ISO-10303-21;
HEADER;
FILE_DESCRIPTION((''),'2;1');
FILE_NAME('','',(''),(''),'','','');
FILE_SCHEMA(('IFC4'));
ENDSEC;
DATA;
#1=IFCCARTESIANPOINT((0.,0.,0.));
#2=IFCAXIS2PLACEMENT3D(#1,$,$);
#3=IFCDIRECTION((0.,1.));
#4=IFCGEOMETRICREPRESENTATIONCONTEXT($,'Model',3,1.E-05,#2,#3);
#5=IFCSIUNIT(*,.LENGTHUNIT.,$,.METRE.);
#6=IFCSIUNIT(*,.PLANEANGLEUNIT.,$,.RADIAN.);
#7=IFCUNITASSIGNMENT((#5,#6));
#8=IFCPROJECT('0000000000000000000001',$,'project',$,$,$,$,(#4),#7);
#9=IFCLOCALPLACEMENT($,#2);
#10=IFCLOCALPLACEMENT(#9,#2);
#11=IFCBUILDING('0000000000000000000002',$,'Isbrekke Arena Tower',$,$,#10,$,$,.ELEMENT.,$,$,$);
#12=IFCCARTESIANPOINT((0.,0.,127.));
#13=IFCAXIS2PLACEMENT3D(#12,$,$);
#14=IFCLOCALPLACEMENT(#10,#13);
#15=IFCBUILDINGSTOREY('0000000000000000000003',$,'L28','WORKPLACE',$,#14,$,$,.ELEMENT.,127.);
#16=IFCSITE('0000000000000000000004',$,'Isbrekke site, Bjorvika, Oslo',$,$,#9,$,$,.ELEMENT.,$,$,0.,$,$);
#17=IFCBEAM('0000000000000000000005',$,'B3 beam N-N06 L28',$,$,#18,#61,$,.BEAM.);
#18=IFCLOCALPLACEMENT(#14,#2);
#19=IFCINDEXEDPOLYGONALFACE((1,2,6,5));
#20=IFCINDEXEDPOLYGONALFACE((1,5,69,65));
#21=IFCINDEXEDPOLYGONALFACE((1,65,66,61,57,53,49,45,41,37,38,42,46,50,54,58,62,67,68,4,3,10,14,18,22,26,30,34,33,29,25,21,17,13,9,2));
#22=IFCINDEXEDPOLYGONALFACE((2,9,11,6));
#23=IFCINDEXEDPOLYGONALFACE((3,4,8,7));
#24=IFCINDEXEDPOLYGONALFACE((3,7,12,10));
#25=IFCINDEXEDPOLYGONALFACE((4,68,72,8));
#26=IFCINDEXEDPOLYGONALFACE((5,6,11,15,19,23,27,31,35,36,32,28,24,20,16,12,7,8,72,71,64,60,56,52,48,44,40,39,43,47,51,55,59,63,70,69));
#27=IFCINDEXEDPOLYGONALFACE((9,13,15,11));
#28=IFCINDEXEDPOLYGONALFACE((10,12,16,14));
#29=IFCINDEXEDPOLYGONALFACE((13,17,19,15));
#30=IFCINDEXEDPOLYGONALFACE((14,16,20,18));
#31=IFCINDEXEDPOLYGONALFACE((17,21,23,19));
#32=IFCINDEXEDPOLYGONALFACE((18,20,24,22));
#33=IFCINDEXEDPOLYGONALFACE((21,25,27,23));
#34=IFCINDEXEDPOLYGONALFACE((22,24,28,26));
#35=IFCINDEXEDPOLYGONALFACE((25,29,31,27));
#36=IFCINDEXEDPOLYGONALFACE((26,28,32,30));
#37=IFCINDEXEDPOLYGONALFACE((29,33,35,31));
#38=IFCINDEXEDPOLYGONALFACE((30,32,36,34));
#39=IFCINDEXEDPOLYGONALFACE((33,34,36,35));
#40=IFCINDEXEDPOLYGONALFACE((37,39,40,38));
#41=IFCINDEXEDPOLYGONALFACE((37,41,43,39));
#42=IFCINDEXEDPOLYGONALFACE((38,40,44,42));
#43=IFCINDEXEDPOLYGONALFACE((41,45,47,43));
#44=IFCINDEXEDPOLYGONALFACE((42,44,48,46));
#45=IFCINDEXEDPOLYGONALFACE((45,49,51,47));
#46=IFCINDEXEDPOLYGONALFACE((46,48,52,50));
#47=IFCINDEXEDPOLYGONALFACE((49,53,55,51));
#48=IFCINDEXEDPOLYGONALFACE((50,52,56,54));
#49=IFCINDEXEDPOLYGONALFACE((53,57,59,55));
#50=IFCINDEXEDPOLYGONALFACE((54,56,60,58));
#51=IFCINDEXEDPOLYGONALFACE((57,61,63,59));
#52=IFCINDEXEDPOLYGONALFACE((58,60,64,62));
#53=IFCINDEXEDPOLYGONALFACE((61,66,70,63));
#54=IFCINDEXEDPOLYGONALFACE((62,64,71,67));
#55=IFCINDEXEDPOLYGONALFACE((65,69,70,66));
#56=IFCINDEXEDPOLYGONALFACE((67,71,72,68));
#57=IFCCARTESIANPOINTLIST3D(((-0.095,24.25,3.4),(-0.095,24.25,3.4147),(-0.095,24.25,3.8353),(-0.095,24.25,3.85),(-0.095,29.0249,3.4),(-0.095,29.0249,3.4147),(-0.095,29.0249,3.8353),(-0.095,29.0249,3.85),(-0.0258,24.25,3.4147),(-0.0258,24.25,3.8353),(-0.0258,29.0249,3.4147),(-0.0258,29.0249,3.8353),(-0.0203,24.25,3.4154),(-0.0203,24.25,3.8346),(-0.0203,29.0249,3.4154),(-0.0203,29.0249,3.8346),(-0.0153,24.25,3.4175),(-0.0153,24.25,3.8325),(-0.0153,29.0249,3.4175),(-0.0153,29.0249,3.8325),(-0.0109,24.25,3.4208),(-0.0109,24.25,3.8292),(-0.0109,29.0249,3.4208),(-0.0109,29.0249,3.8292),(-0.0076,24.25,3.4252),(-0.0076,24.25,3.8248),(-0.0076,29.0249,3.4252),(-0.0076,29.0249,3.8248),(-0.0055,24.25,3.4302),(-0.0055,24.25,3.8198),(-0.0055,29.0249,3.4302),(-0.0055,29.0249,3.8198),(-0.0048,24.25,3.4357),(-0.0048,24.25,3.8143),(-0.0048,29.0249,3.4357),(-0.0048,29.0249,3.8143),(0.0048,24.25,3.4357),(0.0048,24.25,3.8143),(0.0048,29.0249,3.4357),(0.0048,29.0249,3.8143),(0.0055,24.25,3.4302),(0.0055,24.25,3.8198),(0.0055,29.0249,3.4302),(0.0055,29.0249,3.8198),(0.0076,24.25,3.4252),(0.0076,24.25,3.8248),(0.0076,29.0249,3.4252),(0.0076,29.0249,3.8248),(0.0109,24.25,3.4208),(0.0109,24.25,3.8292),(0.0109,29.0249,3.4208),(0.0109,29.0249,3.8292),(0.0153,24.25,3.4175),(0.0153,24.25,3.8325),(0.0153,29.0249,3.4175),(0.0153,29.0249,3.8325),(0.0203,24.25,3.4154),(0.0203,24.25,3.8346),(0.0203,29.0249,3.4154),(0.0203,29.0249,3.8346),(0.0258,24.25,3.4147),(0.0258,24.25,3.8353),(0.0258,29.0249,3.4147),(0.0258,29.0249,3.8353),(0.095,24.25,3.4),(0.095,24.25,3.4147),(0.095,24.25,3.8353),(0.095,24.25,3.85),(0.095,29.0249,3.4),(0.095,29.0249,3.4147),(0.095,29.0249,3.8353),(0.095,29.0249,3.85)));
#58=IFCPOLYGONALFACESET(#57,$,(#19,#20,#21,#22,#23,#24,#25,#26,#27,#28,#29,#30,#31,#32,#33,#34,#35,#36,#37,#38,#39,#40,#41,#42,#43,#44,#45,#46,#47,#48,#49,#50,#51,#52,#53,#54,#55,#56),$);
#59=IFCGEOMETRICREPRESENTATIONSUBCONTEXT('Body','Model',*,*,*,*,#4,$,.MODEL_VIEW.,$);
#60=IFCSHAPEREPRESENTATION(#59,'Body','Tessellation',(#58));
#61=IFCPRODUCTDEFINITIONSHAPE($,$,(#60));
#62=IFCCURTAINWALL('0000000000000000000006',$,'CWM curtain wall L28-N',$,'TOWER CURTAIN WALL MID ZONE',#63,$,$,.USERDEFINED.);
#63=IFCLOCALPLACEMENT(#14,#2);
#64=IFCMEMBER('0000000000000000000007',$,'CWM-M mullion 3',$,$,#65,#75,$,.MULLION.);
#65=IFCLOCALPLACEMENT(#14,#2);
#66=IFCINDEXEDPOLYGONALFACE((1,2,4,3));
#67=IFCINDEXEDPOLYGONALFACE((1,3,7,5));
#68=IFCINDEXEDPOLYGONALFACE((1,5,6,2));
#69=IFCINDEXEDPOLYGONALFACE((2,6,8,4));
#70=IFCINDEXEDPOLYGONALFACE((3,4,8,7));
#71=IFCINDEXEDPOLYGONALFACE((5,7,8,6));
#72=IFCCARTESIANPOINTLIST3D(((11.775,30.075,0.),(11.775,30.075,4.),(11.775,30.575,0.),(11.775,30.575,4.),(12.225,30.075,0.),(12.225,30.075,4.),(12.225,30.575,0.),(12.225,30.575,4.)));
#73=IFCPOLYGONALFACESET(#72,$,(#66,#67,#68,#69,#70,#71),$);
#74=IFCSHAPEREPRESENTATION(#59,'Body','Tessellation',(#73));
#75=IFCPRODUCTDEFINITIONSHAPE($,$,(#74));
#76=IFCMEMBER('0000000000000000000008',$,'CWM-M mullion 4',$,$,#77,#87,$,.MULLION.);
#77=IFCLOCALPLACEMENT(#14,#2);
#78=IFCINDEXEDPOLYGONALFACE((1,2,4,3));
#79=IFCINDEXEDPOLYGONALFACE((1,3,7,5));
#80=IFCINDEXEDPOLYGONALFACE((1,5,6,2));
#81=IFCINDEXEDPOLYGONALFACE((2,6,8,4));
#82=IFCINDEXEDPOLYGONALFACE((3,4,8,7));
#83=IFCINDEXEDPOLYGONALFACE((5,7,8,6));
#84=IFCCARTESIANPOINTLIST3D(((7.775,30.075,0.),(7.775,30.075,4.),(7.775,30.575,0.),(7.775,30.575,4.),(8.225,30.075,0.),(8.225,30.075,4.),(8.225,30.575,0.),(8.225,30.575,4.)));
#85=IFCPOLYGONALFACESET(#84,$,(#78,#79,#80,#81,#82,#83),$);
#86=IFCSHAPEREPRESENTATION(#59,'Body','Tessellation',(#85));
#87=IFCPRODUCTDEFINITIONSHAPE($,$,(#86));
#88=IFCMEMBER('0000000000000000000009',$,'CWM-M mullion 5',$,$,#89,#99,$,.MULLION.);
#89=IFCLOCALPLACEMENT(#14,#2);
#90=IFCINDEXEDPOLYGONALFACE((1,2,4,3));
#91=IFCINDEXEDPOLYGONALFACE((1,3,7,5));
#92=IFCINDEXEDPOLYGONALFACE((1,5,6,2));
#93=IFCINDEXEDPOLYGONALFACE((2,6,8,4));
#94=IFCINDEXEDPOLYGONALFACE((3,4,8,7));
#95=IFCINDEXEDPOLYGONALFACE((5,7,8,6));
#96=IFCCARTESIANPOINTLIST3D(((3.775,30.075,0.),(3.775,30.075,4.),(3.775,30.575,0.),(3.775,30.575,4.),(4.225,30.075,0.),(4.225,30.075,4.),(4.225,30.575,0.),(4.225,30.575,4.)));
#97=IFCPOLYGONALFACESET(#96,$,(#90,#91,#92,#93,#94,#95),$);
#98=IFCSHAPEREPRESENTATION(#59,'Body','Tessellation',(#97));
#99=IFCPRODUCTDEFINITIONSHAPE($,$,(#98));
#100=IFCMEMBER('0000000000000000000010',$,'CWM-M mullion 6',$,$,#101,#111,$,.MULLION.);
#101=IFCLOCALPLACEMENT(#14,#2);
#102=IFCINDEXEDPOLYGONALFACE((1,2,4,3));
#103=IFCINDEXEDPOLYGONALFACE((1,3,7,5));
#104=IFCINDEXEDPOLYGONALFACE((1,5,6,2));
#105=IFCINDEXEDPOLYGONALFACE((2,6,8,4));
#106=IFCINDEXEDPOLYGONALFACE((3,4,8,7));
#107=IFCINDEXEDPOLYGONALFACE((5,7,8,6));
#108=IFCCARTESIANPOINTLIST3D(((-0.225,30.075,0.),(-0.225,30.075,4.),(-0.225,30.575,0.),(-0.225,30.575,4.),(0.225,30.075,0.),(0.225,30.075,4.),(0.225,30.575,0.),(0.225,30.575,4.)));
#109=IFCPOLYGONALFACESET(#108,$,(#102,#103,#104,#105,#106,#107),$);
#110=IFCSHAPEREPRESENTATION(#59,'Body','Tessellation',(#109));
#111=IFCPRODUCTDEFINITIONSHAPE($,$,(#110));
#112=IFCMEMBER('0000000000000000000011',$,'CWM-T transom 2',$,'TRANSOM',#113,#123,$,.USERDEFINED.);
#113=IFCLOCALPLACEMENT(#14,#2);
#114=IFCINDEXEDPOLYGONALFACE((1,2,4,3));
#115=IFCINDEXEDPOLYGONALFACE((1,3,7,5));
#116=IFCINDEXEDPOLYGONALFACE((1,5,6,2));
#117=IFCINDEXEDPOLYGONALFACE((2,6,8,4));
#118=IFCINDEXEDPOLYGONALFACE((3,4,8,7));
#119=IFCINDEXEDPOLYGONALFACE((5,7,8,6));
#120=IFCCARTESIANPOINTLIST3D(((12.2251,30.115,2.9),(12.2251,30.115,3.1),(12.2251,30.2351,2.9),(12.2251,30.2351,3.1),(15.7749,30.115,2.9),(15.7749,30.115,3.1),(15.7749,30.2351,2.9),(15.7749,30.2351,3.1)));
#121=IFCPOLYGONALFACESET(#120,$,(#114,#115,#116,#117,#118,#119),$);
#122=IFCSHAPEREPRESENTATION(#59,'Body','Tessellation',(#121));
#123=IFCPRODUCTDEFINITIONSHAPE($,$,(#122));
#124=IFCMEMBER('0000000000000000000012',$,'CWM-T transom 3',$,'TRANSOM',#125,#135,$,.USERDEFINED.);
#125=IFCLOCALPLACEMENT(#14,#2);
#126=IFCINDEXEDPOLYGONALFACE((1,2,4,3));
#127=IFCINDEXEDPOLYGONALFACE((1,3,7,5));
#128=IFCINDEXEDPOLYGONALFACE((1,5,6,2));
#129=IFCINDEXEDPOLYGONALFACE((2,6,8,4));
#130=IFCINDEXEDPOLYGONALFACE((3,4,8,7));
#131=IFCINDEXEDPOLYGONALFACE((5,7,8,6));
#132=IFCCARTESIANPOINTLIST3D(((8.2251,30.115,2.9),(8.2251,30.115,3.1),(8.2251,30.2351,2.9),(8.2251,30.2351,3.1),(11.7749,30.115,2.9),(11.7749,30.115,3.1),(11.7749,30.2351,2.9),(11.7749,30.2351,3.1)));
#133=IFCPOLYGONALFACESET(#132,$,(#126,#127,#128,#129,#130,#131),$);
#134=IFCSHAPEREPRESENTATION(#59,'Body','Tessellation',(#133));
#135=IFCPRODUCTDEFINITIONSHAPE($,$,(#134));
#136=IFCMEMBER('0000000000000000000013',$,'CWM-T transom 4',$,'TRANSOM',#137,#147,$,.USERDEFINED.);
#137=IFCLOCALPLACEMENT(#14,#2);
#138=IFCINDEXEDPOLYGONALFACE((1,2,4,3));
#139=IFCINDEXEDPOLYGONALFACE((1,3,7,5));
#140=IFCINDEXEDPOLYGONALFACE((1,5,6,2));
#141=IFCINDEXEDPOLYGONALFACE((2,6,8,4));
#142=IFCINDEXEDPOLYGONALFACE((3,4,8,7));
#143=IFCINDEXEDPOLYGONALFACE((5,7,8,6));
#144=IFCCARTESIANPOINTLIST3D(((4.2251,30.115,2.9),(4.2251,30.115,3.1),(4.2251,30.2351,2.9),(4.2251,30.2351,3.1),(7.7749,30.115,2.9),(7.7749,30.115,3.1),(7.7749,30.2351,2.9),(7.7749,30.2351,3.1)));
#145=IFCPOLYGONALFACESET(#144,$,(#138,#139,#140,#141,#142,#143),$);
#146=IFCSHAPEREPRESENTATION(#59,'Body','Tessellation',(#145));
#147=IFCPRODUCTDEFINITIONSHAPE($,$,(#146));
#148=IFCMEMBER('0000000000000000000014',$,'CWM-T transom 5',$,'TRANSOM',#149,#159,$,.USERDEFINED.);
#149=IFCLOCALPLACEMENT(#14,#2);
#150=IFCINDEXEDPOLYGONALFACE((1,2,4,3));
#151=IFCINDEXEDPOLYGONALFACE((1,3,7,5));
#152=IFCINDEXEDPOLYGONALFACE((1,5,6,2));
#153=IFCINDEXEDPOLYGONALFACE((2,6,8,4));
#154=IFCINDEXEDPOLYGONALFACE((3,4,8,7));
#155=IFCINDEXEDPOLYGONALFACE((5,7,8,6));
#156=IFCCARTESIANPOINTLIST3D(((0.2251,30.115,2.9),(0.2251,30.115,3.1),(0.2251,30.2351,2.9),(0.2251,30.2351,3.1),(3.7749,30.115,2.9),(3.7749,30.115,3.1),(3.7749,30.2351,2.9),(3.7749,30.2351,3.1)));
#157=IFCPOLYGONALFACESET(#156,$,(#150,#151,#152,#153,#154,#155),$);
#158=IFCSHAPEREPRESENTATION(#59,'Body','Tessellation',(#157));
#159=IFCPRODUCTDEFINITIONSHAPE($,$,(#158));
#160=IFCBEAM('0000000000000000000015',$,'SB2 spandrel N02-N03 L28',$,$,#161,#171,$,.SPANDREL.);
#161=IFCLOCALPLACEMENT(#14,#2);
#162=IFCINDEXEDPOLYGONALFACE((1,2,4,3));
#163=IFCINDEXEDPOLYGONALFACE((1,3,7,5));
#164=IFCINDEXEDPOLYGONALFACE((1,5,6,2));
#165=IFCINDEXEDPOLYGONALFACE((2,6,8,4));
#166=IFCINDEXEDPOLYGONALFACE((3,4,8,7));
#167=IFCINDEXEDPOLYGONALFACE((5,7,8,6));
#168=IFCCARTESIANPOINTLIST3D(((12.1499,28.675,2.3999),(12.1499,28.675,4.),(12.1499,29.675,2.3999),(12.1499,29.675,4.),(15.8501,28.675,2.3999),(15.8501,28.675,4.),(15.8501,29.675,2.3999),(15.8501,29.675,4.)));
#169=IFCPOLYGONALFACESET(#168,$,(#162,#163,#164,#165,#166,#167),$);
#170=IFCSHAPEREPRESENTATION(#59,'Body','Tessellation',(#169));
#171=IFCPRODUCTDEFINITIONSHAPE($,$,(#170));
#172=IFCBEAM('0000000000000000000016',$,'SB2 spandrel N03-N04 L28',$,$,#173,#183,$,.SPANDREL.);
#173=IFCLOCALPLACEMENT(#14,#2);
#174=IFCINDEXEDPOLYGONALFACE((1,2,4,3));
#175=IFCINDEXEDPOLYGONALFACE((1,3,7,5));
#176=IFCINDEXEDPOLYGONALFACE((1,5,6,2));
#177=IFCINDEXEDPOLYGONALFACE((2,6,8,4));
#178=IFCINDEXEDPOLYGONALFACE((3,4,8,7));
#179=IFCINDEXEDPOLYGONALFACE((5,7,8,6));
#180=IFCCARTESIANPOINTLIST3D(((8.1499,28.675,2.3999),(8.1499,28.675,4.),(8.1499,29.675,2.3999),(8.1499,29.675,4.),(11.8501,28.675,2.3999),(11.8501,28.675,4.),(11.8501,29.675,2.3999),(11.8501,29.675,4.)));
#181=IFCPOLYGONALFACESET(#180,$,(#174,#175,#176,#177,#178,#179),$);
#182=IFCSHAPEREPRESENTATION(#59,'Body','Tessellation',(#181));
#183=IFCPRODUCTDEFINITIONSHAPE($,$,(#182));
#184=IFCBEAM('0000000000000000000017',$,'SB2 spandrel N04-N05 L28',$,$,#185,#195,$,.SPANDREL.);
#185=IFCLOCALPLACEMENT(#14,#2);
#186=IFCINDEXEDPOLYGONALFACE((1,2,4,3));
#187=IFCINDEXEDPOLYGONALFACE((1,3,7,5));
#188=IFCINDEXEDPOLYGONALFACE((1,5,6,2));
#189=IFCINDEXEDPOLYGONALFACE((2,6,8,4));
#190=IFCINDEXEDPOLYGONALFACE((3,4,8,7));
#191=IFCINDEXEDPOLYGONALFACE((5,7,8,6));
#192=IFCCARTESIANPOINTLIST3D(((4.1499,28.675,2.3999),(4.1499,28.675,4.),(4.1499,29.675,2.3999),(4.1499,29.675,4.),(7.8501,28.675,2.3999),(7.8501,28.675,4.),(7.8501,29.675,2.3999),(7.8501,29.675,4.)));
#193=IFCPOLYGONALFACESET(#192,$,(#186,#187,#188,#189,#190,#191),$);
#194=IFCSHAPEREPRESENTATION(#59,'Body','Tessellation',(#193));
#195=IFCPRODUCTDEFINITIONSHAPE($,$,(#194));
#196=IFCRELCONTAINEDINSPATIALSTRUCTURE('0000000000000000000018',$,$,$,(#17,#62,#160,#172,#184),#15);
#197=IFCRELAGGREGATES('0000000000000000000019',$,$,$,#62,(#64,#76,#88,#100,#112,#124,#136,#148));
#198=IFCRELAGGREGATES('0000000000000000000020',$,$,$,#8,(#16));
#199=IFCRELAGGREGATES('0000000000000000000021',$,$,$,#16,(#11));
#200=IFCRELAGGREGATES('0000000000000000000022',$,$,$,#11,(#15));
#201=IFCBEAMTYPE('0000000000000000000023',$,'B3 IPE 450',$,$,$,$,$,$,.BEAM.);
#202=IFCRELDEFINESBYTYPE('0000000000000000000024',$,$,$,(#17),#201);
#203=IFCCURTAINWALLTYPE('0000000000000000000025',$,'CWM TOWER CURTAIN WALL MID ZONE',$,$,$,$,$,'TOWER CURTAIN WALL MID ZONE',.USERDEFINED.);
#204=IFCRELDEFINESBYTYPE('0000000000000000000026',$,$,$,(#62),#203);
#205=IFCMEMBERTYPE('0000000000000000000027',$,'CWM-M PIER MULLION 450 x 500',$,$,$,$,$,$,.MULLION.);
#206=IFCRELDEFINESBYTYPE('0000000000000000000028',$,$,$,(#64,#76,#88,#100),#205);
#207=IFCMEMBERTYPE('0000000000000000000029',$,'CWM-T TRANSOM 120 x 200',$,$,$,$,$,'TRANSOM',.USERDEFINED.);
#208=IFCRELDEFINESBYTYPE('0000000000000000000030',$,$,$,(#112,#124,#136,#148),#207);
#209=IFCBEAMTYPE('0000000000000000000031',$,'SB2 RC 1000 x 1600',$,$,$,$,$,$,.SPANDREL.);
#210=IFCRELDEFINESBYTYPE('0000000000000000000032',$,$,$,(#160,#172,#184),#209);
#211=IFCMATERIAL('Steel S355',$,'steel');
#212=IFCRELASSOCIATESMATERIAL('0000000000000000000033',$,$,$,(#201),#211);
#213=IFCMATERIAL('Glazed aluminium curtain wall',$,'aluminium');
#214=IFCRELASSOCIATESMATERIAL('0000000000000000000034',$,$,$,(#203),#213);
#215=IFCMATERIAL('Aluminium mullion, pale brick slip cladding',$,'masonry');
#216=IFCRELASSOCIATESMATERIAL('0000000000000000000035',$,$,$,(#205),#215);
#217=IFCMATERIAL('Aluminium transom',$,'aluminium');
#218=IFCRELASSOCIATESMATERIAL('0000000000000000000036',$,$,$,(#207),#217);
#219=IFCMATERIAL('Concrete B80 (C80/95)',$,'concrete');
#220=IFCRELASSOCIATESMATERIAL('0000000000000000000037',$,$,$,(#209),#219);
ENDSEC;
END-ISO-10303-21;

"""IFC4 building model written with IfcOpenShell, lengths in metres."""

from ifc_helpers import new_model, si_unit, direction, frame, origin, origin_2d, place, context, subcontext, project, spatial, rectangle, i_section, extrude, material, material_profile, profile_set, type_object, element, aggregate, save


model = new_model("IFC4")

# Units and contexts
model_context = context("Model", 3, precision=1e-05, world=origin(), true_north=direction((0.0, 1.0)))
body_context = subcontext(model_context, "Body", "Model", "MODEL_VIEW")
ifc_project = project(units=[si_unit("LENGTHUNIT", "METRE"), si_unit("PLANEANGLEUNIT", "RADIAN")], contexts=[model_context])

# Site, building, storey
site_placement = place(None, origin())
site = spatial("IfcSite", under=ifc_project, at=site_placement, Name="Isbrekke site, Bjorvika, Oslo", CompositionType="ELEMENT", RefElevation=0.0)
building_placement = place(site_placement, origin())
building = spatial("IfcBuilding", under=site, at=building_placement, Name="Isbrekke Arena Tower", CompositionType="ELEMENT")
storey_placement = place(building_placement, frame((0.0, 0.0, 127.0)))
storey = spatial("IfcBuildingStorey", under=building, at=storey_placement, Name="L28", Description="WORKPLACE", CompositionType="ELEMENT", Elevation=127.0)

# Beam
ifc_material_1 = material(Name="Steel S355", Category="steel")
ifc_material_profile_1 = material_profile(ifc_material_1, i_section(OverallWidth=0.1899, OverallDepth=0.45, WebThickness=0.0095, FlangeThickness=0.0146, FilletRadius=0.021, at=origin_2d()), Name="IPE 450")
ifc_profile_set_1 = profile_set([ifc_material_profile_1], Name="Steel S355")
beam_type_1 = type_object("IfcBeamType", Name="B3 IPE 450", PredefinedType="BEAM", material=ifc_profile_set_1)
beam_1_placement = place(storey_placement, frame((0.0, 29.0249, 3.625), z_axis=(0.0, -1.0, 0.0), x_axis=(1.0, 0.0, 0.0)))
element("IfcBeam", 1, at=beam_1_placement, inside=storey, type_object=beam_type_1, Name="B3 beam N-N06 L28", PredefinedType="BEAM", context=body_context, shape_type="SweptSolid", body=[
    extrude(i_section(OverallWidth=0.1899, OverallDepth=0.45, WebThickness=0.0095, FlangeThickness=0.0146, FilletRadius=0.021, at=origin_2d()), origin(), (0.0, 0.0, 1.0), 4.7749),
])

# Curtain wall, members
ifc_material_2 = material(Name="Glazed aluminium curtain wall", Category="aluminium")
curtain_wall_type = type_object("IfcCurtainWallType", Name="CWM TOWER CURTAIN WALL MID ZONE", ElementType="TOWER CURTAIN WALL MID ZONE", PredefinedType="USERDEFINED", material=ifc_material_2)
curtain_wall_placement = place(storey_placement, origin())
curtain_wall = element("IfcCurtainWall", 2, at=curtain_wall_placement, inside=storey, type_object=curtain_wall_type, Name="CWM curtain wall L28-N", ObjectType="TOWER CURTAIN WALL MID ZONE", PredefinedType="USERDEFINED")
ifc_material_3 = material(Name="Aluminium mullion, pale brick slip cladding", Category="masonry")
ifc_material_profile_2 = material_profile(ifc_material_3, rectangle(XDim=0.45, YDim=0.5, at=origin_2d()), Name="PIER 450X500")
ifc_profile_set_2 = profile_set([ifc_material_profile_2], Name="Aluminium mullion, pale brick slip cladding")
member_type_1 = type_object("IfcMemberType", Name="CWM-M PIER MULLION 450 x 500", PredefinedType="MULLION", material=ifc_profile_set_2)
member_1_placement = place(storey_placement, frame((12.0, 30.325, 0.0), z_axis=(0.0, 0.0, 1.0), x_axis=(-1.0, 0.0, 0.0)))
member_1 = element("IfcMember", 3, at=member_1_placement, type_object=member_type_1, Name="CWM-M mullion 3", PredefinedType="MULLION", context=body_context, shape_type="SweptSolid", body=[
    extrude(rectangle(XDim=0.45, YDim=0.5, at=origin_2d()), origin(), (0.0, 0.0, 1.0), 4.0),
])
member_2_placement = place(storey_placement, frame((8.0, 30.325, 0.0), z_axis=(0.0, 0.0, 1.0), x_axis=(-1.0, 0.0, 0.0)))
member_2 = element("IfcMember", 4, at=member_2_placement, type_object=member_type_1, Name="CWM-M mullion 4", PredefinedType="MULLION", context=body_context, shape_type="SweptSolid", body=[
    extrude(rectangle(XDim=0.45, YDim=0.5, at=origin_2d()), origin(), (0.0, 0.0, 1.0), 4.0),
])
member_3_placement = place(storey_placement, frame((4.0, 30.325, 0.0), z_axis=(0.0, 0.0, 1.0), x_axis=(-1.0, 0.0, 0.0)))
member_3 = element("IfcMember", 5, at=member_3_placement, type_object=member_type_1, Name="CWM-M mullion 5", PredefinedType="MULLION", context=body_context, shape_type="SweptSolid", body=[
    extrude(rectangle(XDim=0.45, YDim=0.5, at=origin_2d()), origin(), (0.0, 0.0, 1.0), 4.0),
])
member_4_placement = place(storey_placement, frame((0.0, 30.325, 0.0), z_axis=(0.0, 0.0, 1.0), x_axis=(-1.0, 0.0, 0.0)))
member_4 = element("IfcMember", 6, at=member_4_placement, type_object=member_type_1, Name="CWM-M mullion 6", PredefinedType="MULLION", context=body_context, shape_type="SweptSolid", body=[
    extrude(rectangle(XDim=0.45, YDim=0.5, at=origin_2d()), origin(), (0.0, 0.0, 1.0), 4.0),
])
ifc_material_4 = material(Name="Aluminium transom", Category="aluminium")
ifc_material_profile_3 = material_profile(ifc_material_4, rectangle(XDim=0.1201, YDim=0.2, at=origin_2d()), Name="TRANSOM 120X200")
ifc_profile_set_3 = profile_set([ifc_material_profile_3], Name="Aluminium transom")
member_type_2 = type_object("IfcMemberType", Name="CWM-T TRANSOM 120 x 200", ElementType="TRANSOM", PredefinedType="USERDEFINED", material=ifc_profile_set_3)
member_5_placement = place(storey_placement, frame((15.7749, 30.175, 3.0), z_axis=(-1.0, 0.0, 0.0), x_axis=(0.0, -1.0, 0.0)))
member_5 = element("IfcMember", 7, at=member_5_placement, type_object=member_type_2, Name="CWM-T transom 2", ObjectType="TRANSOM", PredefinedType="USERDEFINED", context=body_context, shape_type="SweptSolid", body=[
    extrude(rectangle(XDim=0.1201, YDim=0.2, at=origin_2d()), origin(), (0.0, 0.0, 1.0), 3.5498),
])
member_6_placement = place(storey_placement, frame((11.7749, 30.175, 3.0), z_axis=(-1.0, 0.0, 0.0), x_axis=(0.0, -1.0, 0.0)))
member_6 = element("IfcMember", 8, at=member_6_placement, type_object=member_type_2, Name="CWM-T transom 3", ObjectType="TRANSOM", PredefinedType="USERDEFINED", context=body_context, shape_type="SweptSolid", body=[
    extrude(rectangle(XDim=0.1201, YDim=0.2, at=origin_2d()), origin(), (0.0, 0.0, 1.0), 3.5498),
])
member_7_placement = place(storey_placement, frame((7.7749, 30.175, 3.0), z_axis=(-1.0, 0.0, 0.0), x_axis=(0.0, -1.0, 0.0)))
member_7 = element("IfcMember", 9, at=member_7_placement, type_object=member_type_2, Name="CWM-T transom 4", ObjectType="TRANSOM", PredefinedType="USERDEFINED", context=body_context, shape_type="SweptSolid", body=[
    extrude(rectangle(XDim=0.1201, YDim=0.2, at=origin_2d()), origin(), (0.0, 0.0, 1.0), 3.5498),
])
member_8_placement = place(storey_placement, frame((3.7749, 30.175, 3.0), z_axis=(-1.0, 0.0, 0.0), x_axis=(0.0, -1.0, 0.0)))
member_8 = element("IfcMember", 10, at=member_8_placement, type_object=member_type_2, Name="CWM-T transom 5", ObjectType="TRANSOM", PredefinedType="USERDEFINED", context=body_context, shape_type="SweptSolid", body=[
    extrude(rectangle(XDim=0.1201, YDim=0.2, at=origin_2d()), origin(), (0.0, 0.0, 1.0), 3.5498),
])

# Beams
ifc_material_5 = material(Name="Concrete B80 (C80/95)", Category="concrete")
ifc_material_profile_4 = material_profile(ifc_material_5, rectangle(XDim=1.0, YDim=1.6001, at=origin_2d()), Name="RC 1000x1600")
ifc_profile_set_4 = profile_set([ifc_material_profile_4], Name="Concrete B80 (C80/95)")
beam_type_2 = type_object("IfcBeamType", Name="SB2 RC 1000 x 1600", PredefinedType="SPANDREL", material=ifc_profile_set_4)
for number, where, z_axis, x_axis, name in (
    (11, (15.8501, 29.175, 3.2), (-1.0, 0.0, 0.0), (0.0, -1.0, 0.0), "SB2 spandrel N02-N03 L28"),
    (12, (11.8501, 29.175, 3.2), (-1.0, 0.0, 0.0), (0.0, -1.0, 0.0), "SB2 spandrel N03-N04 L28"),
    (13, (7.8501, 29.175, 3.2), (-1.0, 0.0, 0.0), (0.0, -1.0, 0.0), "SB2 spandrel N04-N05 L28"),
):
    element("IfcBeam", number, at=place(storey_placement, frame(where, z_axis=z_axis, x_axis=x_axis)), inside=storey, type_object=beam_type_2, Name=name, PredefinedType="SPANDREL", context=body_context, shape_type="SweptSolid", body=[
        extrude(rectangle(XDim=1.0, YDim=1.6001, at=origin_2d()), origin(), (0.0, 0.0, 1.0), 3.7002),
    ])

aggregate(curtain_wall, [member_1, member_2, member_3, member_4, member_5, member_6, member_7, member_8])

save(model, "model.ifc")
